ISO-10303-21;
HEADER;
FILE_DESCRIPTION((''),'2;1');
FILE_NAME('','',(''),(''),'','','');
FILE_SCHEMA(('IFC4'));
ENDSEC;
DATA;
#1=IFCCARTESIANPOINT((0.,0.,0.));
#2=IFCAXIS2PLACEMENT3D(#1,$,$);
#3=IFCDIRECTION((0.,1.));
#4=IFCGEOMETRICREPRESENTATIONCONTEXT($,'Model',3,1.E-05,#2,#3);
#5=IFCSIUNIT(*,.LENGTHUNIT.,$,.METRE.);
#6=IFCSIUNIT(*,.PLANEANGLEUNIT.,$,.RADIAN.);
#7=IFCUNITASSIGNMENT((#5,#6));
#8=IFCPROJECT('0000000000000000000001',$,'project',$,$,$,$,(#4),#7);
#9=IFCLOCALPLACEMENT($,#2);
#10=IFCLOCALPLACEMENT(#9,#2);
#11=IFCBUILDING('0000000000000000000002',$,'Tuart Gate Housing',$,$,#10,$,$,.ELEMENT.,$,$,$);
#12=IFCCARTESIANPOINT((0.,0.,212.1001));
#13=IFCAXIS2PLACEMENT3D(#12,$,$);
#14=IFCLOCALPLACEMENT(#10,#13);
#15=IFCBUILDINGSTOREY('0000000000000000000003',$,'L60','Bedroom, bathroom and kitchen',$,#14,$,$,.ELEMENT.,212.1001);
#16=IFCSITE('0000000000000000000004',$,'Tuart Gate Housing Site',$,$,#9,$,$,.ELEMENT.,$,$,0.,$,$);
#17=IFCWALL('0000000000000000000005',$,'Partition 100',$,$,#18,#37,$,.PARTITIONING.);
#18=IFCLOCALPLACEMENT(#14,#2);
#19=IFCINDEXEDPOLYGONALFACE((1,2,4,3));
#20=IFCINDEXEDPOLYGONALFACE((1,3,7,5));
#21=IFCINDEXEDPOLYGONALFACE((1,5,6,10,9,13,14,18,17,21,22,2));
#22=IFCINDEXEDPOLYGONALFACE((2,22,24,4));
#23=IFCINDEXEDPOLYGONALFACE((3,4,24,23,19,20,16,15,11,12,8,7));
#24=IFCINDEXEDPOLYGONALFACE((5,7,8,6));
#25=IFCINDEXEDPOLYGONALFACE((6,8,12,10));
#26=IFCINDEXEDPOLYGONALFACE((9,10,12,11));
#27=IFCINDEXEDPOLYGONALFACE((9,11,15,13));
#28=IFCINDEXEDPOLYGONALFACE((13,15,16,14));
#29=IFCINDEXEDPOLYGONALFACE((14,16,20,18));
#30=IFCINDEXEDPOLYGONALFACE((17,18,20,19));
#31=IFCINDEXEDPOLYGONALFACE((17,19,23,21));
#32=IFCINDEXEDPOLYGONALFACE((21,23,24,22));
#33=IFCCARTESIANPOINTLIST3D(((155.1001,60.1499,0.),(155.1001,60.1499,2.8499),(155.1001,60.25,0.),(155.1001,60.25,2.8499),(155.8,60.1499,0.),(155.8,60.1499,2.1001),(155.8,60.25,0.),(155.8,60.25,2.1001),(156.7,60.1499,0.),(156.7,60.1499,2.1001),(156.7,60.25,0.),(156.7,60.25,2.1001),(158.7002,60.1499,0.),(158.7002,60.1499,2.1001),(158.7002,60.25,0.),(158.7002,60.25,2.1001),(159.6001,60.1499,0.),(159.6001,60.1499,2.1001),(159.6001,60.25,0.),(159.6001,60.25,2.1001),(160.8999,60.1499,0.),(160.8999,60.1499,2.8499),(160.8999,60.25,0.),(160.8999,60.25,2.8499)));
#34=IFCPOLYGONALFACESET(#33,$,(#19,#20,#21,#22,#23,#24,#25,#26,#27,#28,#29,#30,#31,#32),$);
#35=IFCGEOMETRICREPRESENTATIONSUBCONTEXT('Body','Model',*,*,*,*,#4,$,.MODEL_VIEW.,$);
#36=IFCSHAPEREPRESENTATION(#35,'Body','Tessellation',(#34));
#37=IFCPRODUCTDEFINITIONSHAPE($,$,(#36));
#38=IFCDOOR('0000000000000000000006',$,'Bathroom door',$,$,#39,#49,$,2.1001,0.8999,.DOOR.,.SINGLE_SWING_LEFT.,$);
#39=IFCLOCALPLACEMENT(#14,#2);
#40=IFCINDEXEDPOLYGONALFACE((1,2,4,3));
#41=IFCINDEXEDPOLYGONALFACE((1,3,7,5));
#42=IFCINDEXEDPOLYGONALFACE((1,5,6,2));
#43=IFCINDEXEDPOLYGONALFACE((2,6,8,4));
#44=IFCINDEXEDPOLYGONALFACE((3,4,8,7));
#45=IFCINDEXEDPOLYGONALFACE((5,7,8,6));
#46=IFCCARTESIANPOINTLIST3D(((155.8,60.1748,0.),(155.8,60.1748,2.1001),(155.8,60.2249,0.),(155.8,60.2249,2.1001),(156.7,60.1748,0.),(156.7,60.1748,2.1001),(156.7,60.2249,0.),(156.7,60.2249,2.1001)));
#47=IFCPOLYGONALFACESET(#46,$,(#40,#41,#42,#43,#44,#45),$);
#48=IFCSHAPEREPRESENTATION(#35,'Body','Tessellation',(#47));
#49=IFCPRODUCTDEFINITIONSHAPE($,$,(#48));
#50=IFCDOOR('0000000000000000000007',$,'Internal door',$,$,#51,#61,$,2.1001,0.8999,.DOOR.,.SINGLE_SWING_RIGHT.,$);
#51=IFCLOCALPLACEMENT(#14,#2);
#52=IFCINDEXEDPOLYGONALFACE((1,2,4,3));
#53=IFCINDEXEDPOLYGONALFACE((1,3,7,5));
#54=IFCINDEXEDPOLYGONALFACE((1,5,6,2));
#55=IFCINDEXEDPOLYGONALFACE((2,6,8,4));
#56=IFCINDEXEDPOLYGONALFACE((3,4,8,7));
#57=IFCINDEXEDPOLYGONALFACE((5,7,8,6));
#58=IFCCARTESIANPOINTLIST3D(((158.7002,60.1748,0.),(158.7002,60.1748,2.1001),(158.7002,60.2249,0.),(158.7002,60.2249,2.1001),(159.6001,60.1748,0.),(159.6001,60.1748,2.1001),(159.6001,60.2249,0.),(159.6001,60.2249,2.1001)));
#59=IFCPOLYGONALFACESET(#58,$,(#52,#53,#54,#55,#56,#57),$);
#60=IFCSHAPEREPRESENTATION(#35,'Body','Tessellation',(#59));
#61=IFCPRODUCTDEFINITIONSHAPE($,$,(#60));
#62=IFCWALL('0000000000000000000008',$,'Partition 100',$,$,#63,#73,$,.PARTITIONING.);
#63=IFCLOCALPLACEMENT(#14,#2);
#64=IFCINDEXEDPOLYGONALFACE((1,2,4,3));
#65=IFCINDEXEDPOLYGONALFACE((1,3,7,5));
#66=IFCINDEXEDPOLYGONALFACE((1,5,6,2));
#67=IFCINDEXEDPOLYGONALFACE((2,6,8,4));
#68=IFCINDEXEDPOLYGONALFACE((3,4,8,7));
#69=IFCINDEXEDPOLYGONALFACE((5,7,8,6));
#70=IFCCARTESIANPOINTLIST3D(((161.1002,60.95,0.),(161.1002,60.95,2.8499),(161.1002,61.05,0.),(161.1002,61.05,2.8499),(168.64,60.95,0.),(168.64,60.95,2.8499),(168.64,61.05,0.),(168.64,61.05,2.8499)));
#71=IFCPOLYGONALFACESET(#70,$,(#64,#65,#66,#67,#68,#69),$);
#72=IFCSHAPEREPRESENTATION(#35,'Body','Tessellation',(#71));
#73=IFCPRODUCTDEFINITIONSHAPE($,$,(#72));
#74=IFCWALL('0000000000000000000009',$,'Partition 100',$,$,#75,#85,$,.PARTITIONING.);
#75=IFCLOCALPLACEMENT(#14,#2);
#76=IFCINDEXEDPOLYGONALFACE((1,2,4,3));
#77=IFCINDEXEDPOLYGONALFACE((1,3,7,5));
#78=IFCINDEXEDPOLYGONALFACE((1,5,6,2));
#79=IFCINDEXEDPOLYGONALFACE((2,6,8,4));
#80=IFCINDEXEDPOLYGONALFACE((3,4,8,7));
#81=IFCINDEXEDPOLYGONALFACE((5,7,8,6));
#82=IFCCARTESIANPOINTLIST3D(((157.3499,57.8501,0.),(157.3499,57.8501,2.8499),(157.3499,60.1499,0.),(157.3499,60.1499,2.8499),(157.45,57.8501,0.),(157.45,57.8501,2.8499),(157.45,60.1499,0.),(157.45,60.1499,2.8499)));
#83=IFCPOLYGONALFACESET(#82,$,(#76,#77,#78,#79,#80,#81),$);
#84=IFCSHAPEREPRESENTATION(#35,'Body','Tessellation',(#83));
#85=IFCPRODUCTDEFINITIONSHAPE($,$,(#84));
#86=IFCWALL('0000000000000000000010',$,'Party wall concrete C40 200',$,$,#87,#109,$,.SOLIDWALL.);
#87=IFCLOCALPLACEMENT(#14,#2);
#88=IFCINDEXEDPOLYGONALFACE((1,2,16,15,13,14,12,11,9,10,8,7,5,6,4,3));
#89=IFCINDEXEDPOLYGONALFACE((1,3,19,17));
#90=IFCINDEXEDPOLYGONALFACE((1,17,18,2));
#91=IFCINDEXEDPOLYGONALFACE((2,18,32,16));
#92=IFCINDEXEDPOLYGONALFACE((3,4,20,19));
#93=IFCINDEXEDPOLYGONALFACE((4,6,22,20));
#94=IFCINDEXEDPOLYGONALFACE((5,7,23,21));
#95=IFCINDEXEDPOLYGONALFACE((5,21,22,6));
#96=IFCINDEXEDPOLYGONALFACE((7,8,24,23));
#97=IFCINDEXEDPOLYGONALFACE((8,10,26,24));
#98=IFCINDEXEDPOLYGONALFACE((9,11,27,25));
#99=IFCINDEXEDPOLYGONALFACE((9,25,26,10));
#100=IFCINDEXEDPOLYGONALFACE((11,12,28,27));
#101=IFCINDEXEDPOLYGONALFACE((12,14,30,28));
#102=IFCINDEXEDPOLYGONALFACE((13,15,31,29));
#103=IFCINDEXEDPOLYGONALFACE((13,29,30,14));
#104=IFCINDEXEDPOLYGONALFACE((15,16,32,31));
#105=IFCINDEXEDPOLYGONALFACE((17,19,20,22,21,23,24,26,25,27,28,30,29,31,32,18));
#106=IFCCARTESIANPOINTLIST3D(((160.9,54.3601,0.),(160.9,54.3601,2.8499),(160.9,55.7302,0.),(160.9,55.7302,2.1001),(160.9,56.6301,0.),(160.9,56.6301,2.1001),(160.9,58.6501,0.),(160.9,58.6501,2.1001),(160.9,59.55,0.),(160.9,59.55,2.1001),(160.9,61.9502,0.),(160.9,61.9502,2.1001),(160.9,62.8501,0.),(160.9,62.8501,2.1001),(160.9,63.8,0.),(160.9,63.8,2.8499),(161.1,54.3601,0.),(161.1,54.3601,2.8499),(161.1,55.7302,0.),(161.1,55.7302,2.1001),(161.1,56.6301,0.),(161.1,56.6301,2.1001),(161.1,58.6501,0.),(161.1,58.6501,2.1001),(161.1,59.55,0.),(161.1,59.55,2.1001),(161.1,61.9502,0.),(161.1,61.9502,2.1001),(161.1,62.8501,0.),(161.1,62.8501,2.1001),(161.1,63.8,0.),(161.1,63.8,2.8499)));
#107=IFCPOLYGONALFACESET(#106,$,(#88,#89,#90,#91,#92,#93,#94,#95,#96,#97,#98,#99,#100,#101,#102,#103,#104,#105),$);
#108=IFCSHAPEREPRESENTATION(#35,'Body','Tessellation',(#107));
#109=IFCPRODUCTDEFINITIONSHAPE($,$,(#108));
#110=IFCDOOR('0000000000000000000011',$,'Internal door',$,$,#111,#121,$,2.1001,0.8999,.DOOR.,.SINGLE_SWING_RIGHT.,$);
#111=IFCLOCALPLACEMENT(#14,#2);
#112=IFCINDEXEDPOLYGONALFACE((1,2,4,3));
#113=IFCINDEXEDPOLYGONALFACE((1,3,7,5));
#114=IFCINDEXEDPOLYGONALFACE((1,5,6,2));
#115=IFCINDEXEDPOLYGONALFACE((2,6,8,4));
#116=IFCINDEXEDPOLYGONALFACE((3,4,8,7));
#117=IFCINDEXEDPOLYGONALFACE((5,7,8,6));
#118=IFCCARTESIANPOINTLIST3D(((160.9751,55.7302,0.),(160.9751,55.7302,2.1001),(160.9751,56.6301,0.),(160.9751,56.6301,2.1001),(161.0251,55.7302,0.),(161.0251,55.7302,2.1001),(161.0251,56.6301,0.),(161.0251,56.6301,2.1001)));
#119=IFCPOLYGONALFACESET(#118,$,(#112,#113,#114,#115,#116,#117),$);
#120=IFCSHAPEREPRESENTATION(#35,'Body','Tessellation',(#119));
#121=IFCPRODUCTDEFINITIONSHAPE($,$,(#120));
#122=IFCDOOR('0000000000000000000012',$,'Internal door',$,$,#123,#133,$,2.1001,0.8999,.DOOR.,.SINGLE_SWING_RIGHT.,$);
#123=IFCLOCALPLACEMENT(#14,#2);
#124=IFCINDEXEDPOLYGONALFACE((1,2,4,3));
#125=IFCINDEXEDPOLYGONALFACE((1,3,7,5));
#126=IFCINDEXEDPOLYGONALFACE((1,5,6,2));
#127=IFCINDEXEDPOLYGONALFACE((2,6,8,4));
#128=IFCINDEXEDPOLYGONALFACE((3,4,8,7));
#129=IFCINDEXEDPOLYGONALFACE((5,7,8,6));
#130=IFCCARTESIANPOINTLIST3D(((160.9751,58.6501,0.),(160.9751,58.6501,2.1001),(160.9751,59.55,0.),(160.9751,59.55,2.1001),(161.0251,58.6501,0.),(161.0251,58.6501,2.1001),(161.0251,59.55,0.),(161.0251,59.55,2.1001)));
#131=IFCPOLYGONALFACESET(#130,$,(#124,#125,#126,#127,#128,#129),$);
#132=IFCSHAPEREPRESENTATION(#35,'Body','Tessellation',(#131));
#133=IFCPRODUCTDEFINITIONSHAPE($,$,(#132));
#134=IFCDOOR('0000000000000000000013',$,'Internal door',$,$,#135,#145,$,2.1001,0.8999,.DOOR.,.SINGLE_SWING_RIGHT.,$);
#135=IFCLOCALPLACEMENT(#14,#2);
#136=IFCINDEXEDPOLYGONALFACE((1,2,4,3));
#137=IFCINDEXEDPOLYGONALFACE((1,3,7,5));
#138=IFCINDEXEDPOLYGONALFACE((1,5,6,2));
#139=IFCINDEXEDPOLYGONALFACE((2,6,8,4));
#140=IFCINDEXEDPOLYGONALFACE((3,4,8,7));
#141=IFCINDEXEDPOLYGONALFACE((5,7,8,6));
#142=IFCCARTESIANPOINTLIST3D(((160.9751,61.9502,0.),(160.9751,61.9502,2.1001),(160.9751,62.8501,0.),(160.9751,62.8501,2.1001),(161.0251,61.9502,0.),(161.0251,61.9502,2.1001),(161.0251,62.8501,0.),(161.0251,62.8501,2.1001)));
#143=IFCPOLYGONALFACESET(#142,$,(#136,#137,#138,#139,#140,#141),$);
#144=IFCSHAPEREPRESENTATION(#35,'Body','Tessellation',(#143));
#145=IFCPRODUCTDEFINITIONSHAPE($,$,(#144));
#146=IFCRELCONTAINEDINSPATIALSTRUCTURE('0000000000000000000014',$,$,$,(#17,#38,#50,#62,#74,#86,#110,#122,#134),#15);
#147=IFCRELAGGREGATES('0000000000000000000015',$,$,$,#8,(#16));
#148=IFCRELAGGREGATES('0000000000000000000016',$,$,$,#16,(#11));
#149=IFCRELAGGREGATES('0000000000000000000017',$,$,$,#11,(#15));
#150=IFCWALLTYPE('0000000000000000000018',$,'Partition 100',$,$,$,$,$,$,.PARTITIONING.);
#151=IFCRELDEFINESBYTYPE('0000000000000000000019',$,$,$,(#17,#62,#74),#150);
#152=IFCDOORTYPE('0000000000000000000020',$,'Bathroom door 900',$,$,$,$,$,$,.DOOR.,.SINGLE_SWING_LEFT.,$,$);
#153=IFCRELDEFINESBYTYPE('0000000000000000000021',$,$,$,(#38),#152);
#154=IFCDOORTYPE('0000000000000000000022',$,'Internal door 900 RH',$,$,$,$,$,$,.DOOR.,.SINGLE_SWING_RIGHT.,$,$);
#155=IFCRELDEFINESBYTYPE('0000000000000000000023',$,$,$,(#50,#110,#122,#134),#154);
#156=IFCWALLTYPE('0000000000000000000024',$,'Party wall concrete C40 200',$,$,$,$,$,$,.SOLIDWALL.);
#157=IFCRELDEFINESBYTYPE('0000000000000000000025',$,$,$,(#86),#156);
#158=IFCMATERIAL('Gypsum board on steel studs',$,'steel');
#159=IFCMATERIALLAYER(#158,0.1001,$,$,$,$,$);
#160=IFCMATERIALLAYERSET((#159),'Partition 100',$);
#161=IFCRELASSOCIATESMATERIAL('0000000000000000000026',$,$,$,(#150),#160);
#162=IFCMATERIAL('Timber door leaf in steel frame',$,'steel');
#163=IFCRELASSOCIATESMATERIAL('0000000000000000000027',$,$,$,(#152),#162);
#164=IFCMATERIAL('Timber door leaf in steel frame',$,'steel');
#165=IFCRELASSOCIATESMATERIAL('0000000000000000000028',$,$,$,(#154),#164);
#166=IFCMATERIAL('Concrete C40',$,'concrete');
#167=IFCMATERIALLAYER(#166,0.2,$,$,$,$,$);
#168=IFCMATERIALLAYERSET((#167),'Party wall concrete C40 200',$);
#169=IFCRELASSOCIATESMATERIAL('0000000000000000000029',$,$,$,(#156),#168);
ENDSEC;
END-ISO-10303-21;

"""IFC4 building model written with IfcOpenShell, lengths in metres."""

from ifc_helpers import new_model, si_unit, direction, frame, frame_2d, origin, place, context, subcontext, project, spatial, rectangle, extrude, material, layer, layer_set, type_object, element, fill, save


model = new_model("IFC4")

# Units and contexts
model_context = context("Model", 3, precision=1e-05, world=origin(), true_north=direction((0.0, 1.0)))
body_context = subcontext(model_context, "Body", "Model", "MODEL_VIEW")
ifc_project = project(units=[si_unit("LENGTHUNIT", "METRE"), si_unit("PLANEANGLEUNIT", "RADIAN")], contexts=[model_context])

# Site, building, storey
site_placement = place(None, origin())
site = spatial("IfcSite", under=ifc_project, at=site_placement, Name="Tuart Gate Housing Site", CompositionType="ELEMENT", RefElevation=0.0)
building_placement = place(site_placement, origin())
building = spatial("IfcBuilding", under=site, at=building_placement, Name="Tuart Gate Housing", CompositionType="ELEMENT")
storey_placement = place(building_placement, frame((0.0, 0.0, 212.1001)))
storey = spatial("IfcBuildingStorey", under=building, at=storey_placement, Name="L60", Description="Bedroom, bathroom and kitchen", CompositionType="ELEMENT", Elevation=212.1001)

# Shared definitions
ifc_material_1 = material(Name="Gypsum board on steel studs", Category="steel")
ifc_layer_1 = layer(ifc_material_1, 0.1001)
ifc_layer_set_1 = layer_set([ifc_layer_1], Name="Partition 100")
wall_type_1 = type_object("IfcWallType", Name="Partition 100", PredefinedType="PARTITIONING", material=ifc_layer_set_1)

# Wall, openings, doors
wall_1_placement = place(storey_placement, frame((155.1001, 60.2, 0.0), z_axis=(0.0, 0.0, 1.0), x_axis=(1.0, 0.0, 0.0)))
wall_1 = element("IfcWall", 1, at=wall_1_placement, inside=storey, type_object=wall_type_1, Name="Partition 100", PredefinedType="PARTITIONING", context=body_context, shape_type="SweptSolid", body=[
    extrude(rectangle(XDim=5.7998, YDim=0.1001, at=frame_2d((2.8999, 0.0))), origin(), (0.0, 0.0, 1.0), 2.8499),
])
opening_1_placement = place(wall_1_placement, frame((3.6001, 0.0, 0.0)))
opening_1 = element("IfcOpeningElement", 2, at=opening_1_placement, cuts=wall_1, PredefinedType="OPENING", context=body_context, shape_type="SweptSolid", body=[
    extrude(rectangle(XDim=0.8999, YDim=2.1001, at=frame_2d((0.45, 1.05))), frame((0.0, 0.0601, 0.0), z_axis=(0.0, -1.0, 0.0), x_axis=(1.0, 0.0, 0.0)), (0.0, 0.0, 1.0), 0.1201),
])
opening_2_placement = place(wall_1_placement, frame((0.7, 0.0, 0.0)))
opening_2 = element("IfcOpeningElement", 3, at=opening_2_placement, cuts=wall_1, PredefinedType="OPENING", context=body_context, shape_type="SweptSolid", body=[
    extrude(rectangle(XDim=0.8999, YDim=2.1001, at=frame_2d((0.45, 1.05))), frame((0.0, 0.0601, 0.0), z_axis=(0.0, -1.0, 0.0), x_axis=(1.0, 0.0, 0.0)), (0.0, 0.0, 1.0), 0.1201),
])
ifc_material_2 = material(Name="Timber door leaf in steel frame", Category="steel")
door_type_1 = type_object("IfcDoorType", Name="Bathroom door 900", OperationType="SINGLE_SWING_LEFT", PredefinedType="DOOR", material=ifc_material_2)
door_1_placement = place(opening_2_placement, frame((0.8999, 0.0, 0.0), z_axis=(0.0, 0.0, 1.0), x_axis=(-1.0, 0.0, 0.0)))
door_1 = element("IfcDoor", 4, at=door_1_placement, inside=storey, type_object=door_type_1, Name="Bathroom door", OperationType="SINGLE_SWING_LEFT", OverallHeight=2.1001, OverallWidth=0.8999, PredefinedType="DOOR", context=body_context, shape_type="SweptSolid", body=[
    extrude(rectangle(XDim=0.8999, YDim=2.1001, at=frame_2d((0.45, 1.05))), frame((0.0, 0.0251, 0.0), z_axis=(0.0, -1.0, 0.0), x_axis=(1.0, 0.0, 0.0)), (0.0, 0.0, 1.0), 0.05),
])
fill(opening_2, door_1)
ifc_material_3 = material(Name="Timber door leaf in steel frame", Category="steel")
door_type_2 = type_object("IfcDoorType", Name="Internal door 900 RH", OperationType="SINGLE_SWING_RIGHT", PredefinedType="DOOR", material=ifc_material_3)
door_2_placement = place(opening_1_placement, origin())
door_2 = element("IfcDoor", 5, at=door_2_placement, inside=storey, type_object=door_type_2, Name="Internal door", OperationType="SINGLE_SWING_RIGHT", OverallHeight=2.1001, OverallWidth=0.8999, PredefinedType="DOOR", context=body_context, shape_type="SweptSolid", body=[
    extrude(rectangle(XDim=0.8999, YDim=2.1001, at=frame_2d((0.45, 1.05))), frame((0.0, 0.0249, 0.0), z_axis=(0.0, -1.0, 0.0), x_axis=(1.0, 0.0, 0.0)), (0.0, 0.0, 1.0), 0.05),
])
fill(opening_1, door_2)

# Walls
wall_2_placement = place(storey_placement, frame((161.1001, 61.0, 0.0), z_axis=(0.0, 0.0, 1.0), x_axis=(1.0, 0.0, 0.0)))
element("IfcWall", 6, at=wall_2_placement, inside=storey, type_object=wall_type_1, Name="Partition 100", PredefinedType="PARTITIONING", context=body_context, shape_type="SweptSolid", body=[
    extrude(rectangle(XDim=7.5398, YDim=0.1001, at=frame_2d((3.77, 0.0))), origin(), (0.0, 0.0, 1.0), 2.8499),
])
wall_3_placement = place(storey_placement, frame((157.3999, 57.8501, 0.0), z_axis=(0.0, 0.0, 1.0), x_axis=(0.0, 1.0, 0.0)))
element("IfcWall", 7, at=wall_3_placement, inside=storey, type_object=wall_type_1, Name="Partition 100", PredefinedType="PARTITIONING", context=body_context, shape_type="SweptSolid", body=[
    extrude(rectangle(XDim=2.2998, YDim=0.1001, at=frame_2d((1.1499, 0.0))), origin(), (0.0, 0.0, 1.0), 2.8499),
])

# Wall, openings, doors
ifc_material_4 = material(Name="Concrete C40", Category="concrete")
ifc_layer_2 = layer(ifc_material_4, 0.2)
ifc_layer_set_2 = layer_set([ifc_layer_2], Name="Party wall concrete C40 200")
wall_type_2 = type_object("IfcWallType", Name="Party wall concrete C40 200", PredefinedType="SOLIDWALL", material=ifc_layer_set_2)
wall_4_placement = place(storey_placement, frame((161.0, 54.3601, 0.0), z_axis=(0.0, 0.0, 1.0), x_axis=(0.0, 1.0, 0.0)))
wall_4 = element("IfcWall", 8, at=wall_4_placement, inside=storey, type_object=wall_type_2, Name="Party wall concrete C40 200", PredefinedType="SOLIDWALL", context=body_context, shape_type="SweptSolid", body=[
    extrude(rectangle(XDim=9.4399, YDim=0.2, at=frame_2d((4.72, 0.0))), origin(), (0.0, 0.0, 1.0), 2.8499),
])
opening_3_placement = place(wall_4_placement, frame((1.3701, 0.0, 0.0)))
opening_3 = element("IfcOpeningElement", 9, at=opening_3_placement, cuts=wall_4, PredefinedType="OPENING", context=body_context, shape_type="SweptSolid", body=[
    extrude(rectangle(XDim=0.8999, YDim=2.1001, at=frame_2d((0.45, 1.05))), frame((0.0, 0.1099, 0.0), z_axis=(0.0, -1.0, 0.0), x_axis=(1.0, 0.0, 0.0)), (0.0, 0.0, 1.0), 0.22),
])
opening_4_placement = place(wall_4_placement, frame((4.29, 0.0, 0.0)))
opening_4 = element("IfcOpeningElement", 10, at=opening_4_placement, cuts=wall_4, PredefinedType="OPENING", context=body_context, shape_type="SweptSolid", body=[
    extrude(rectangle(XDim=0.8999, YDim=2.1001, at=frame_2d((0.45, 1.05))), frame((0.0, 0.1099, 0.0), z_axis=(0.0, -1.0, 0.0), x_axis=(1.0, 0.0, 0.0)), (0.0, 0.0, 1.0), 0.22),
])
opening_5_placement = place(wall_4_placement, frame((7.5901, 0.0, 0.0)))
opening_5 = element("IfcOpeningElement", 11, at=opening_5_placement, cuts=wall_4, PredefinedType="OPENING", context=body_context, shape_type="SweptSolid", body=[
    extrude(rectangle(XDim=0.8999, YDim=2.1001, at=frame_2d((0.45, 1.05))), frame((0.0, 0.1099, 0.0), z_axis=(0.0, -1.0, 0.0), x_axis=(1.0, 0.0, 0.0)), (0.0, 0.0, 1.0), 0.22),
])
door_3_placement = place(opening_3_placement, frame((0.8999, 0.0, 0.0), z_axis=(0.0, 0.0, 1.0), x_axis=(-1.0, 0.0, 0.0)))
door_3 = element("IfcDoor", 12, at=door_3_placement, inside=storey, type_object=door_type_2, Name="Internal door", OperationType="SINGLE_SWING_RIGHT", OverallHeight=2.1001, OverallWidth=0.8999, PredefinedType="DOOR", context=body_context, shape_type="SweptSolid", body=[
    extrude(rectangle(XDim=0.8999, YDim=2.1001, at=frame_2d((0.45, 1.05))), frame((0.0, 0.0251, 0.0), z_axis=(0.0, -1.0, 0.0), x_axis=(1.0, 0.0, 0.0)), (0.0, 0.0, 1.0), 0.05),
])
fill(opening_3, door_3)
door_4_placement = place(opening_4_placement, frame((0.8999, 0.0, 0.0), z_axis=(0.0, 0.0, 1.0), x_axis=(-1.0, 0.0, 0.0)))
door_4 = element("IfcDoor", 13, at=door_4_placement, inside=storey, type_object=door_type_2, Name="Internal door", OperationType="SINGLE_SWING_RIGHT", OverallHeight=2.1001, OverallWidth=0.8999, PredefinedType="DOOR", context=body_context, shape_type="SweptSolid", body=[
    extrude(rectangle(XDim=0.8999, YDim=2.1001, at=frame_2d((0.45, 1.05))), frame((0.0, 0.0251, 0.0), z_axis=(0.0, -1.0, 0.0), x_axis=(1.0, 0.0, 0.0)), (0.0, 0.0, 1.0), 0.05),
])
fill(opening_4, door_4)
door_5_placement = place(opening_5_placement, frame((0.8999, 0.0, 0.0), z_axis=(0.0, 0.0, 1.0), x_axis=(-1.0, 0.0, 0.0)))
door_5 = element("IfcDoor", 14, at=door_5_placement, inside=storey, type_object=door_type_2, Name="Internal door", OperationType="SINGLE_SWING_RIGHT", OverallHeight=2.1001, OverallWidth=0.8999, PredefinedType="DOOR", context=body_context, shape_type="SweptSolid", body=[
    extrude(rectangle(XDim=0.8999, YDim=2.1001, at=frame_2d((0.45, 1.05))), frame((0.0, 0.0251, 0.0), z_axis=(0.0, -1.0, 0.0), x_axis=(1.0, 0.0, 0.0)), (0.0, 0.0, 1.0), 0.05),
])
fill(opening_5, door_5)

save(model, "model.ifc")
